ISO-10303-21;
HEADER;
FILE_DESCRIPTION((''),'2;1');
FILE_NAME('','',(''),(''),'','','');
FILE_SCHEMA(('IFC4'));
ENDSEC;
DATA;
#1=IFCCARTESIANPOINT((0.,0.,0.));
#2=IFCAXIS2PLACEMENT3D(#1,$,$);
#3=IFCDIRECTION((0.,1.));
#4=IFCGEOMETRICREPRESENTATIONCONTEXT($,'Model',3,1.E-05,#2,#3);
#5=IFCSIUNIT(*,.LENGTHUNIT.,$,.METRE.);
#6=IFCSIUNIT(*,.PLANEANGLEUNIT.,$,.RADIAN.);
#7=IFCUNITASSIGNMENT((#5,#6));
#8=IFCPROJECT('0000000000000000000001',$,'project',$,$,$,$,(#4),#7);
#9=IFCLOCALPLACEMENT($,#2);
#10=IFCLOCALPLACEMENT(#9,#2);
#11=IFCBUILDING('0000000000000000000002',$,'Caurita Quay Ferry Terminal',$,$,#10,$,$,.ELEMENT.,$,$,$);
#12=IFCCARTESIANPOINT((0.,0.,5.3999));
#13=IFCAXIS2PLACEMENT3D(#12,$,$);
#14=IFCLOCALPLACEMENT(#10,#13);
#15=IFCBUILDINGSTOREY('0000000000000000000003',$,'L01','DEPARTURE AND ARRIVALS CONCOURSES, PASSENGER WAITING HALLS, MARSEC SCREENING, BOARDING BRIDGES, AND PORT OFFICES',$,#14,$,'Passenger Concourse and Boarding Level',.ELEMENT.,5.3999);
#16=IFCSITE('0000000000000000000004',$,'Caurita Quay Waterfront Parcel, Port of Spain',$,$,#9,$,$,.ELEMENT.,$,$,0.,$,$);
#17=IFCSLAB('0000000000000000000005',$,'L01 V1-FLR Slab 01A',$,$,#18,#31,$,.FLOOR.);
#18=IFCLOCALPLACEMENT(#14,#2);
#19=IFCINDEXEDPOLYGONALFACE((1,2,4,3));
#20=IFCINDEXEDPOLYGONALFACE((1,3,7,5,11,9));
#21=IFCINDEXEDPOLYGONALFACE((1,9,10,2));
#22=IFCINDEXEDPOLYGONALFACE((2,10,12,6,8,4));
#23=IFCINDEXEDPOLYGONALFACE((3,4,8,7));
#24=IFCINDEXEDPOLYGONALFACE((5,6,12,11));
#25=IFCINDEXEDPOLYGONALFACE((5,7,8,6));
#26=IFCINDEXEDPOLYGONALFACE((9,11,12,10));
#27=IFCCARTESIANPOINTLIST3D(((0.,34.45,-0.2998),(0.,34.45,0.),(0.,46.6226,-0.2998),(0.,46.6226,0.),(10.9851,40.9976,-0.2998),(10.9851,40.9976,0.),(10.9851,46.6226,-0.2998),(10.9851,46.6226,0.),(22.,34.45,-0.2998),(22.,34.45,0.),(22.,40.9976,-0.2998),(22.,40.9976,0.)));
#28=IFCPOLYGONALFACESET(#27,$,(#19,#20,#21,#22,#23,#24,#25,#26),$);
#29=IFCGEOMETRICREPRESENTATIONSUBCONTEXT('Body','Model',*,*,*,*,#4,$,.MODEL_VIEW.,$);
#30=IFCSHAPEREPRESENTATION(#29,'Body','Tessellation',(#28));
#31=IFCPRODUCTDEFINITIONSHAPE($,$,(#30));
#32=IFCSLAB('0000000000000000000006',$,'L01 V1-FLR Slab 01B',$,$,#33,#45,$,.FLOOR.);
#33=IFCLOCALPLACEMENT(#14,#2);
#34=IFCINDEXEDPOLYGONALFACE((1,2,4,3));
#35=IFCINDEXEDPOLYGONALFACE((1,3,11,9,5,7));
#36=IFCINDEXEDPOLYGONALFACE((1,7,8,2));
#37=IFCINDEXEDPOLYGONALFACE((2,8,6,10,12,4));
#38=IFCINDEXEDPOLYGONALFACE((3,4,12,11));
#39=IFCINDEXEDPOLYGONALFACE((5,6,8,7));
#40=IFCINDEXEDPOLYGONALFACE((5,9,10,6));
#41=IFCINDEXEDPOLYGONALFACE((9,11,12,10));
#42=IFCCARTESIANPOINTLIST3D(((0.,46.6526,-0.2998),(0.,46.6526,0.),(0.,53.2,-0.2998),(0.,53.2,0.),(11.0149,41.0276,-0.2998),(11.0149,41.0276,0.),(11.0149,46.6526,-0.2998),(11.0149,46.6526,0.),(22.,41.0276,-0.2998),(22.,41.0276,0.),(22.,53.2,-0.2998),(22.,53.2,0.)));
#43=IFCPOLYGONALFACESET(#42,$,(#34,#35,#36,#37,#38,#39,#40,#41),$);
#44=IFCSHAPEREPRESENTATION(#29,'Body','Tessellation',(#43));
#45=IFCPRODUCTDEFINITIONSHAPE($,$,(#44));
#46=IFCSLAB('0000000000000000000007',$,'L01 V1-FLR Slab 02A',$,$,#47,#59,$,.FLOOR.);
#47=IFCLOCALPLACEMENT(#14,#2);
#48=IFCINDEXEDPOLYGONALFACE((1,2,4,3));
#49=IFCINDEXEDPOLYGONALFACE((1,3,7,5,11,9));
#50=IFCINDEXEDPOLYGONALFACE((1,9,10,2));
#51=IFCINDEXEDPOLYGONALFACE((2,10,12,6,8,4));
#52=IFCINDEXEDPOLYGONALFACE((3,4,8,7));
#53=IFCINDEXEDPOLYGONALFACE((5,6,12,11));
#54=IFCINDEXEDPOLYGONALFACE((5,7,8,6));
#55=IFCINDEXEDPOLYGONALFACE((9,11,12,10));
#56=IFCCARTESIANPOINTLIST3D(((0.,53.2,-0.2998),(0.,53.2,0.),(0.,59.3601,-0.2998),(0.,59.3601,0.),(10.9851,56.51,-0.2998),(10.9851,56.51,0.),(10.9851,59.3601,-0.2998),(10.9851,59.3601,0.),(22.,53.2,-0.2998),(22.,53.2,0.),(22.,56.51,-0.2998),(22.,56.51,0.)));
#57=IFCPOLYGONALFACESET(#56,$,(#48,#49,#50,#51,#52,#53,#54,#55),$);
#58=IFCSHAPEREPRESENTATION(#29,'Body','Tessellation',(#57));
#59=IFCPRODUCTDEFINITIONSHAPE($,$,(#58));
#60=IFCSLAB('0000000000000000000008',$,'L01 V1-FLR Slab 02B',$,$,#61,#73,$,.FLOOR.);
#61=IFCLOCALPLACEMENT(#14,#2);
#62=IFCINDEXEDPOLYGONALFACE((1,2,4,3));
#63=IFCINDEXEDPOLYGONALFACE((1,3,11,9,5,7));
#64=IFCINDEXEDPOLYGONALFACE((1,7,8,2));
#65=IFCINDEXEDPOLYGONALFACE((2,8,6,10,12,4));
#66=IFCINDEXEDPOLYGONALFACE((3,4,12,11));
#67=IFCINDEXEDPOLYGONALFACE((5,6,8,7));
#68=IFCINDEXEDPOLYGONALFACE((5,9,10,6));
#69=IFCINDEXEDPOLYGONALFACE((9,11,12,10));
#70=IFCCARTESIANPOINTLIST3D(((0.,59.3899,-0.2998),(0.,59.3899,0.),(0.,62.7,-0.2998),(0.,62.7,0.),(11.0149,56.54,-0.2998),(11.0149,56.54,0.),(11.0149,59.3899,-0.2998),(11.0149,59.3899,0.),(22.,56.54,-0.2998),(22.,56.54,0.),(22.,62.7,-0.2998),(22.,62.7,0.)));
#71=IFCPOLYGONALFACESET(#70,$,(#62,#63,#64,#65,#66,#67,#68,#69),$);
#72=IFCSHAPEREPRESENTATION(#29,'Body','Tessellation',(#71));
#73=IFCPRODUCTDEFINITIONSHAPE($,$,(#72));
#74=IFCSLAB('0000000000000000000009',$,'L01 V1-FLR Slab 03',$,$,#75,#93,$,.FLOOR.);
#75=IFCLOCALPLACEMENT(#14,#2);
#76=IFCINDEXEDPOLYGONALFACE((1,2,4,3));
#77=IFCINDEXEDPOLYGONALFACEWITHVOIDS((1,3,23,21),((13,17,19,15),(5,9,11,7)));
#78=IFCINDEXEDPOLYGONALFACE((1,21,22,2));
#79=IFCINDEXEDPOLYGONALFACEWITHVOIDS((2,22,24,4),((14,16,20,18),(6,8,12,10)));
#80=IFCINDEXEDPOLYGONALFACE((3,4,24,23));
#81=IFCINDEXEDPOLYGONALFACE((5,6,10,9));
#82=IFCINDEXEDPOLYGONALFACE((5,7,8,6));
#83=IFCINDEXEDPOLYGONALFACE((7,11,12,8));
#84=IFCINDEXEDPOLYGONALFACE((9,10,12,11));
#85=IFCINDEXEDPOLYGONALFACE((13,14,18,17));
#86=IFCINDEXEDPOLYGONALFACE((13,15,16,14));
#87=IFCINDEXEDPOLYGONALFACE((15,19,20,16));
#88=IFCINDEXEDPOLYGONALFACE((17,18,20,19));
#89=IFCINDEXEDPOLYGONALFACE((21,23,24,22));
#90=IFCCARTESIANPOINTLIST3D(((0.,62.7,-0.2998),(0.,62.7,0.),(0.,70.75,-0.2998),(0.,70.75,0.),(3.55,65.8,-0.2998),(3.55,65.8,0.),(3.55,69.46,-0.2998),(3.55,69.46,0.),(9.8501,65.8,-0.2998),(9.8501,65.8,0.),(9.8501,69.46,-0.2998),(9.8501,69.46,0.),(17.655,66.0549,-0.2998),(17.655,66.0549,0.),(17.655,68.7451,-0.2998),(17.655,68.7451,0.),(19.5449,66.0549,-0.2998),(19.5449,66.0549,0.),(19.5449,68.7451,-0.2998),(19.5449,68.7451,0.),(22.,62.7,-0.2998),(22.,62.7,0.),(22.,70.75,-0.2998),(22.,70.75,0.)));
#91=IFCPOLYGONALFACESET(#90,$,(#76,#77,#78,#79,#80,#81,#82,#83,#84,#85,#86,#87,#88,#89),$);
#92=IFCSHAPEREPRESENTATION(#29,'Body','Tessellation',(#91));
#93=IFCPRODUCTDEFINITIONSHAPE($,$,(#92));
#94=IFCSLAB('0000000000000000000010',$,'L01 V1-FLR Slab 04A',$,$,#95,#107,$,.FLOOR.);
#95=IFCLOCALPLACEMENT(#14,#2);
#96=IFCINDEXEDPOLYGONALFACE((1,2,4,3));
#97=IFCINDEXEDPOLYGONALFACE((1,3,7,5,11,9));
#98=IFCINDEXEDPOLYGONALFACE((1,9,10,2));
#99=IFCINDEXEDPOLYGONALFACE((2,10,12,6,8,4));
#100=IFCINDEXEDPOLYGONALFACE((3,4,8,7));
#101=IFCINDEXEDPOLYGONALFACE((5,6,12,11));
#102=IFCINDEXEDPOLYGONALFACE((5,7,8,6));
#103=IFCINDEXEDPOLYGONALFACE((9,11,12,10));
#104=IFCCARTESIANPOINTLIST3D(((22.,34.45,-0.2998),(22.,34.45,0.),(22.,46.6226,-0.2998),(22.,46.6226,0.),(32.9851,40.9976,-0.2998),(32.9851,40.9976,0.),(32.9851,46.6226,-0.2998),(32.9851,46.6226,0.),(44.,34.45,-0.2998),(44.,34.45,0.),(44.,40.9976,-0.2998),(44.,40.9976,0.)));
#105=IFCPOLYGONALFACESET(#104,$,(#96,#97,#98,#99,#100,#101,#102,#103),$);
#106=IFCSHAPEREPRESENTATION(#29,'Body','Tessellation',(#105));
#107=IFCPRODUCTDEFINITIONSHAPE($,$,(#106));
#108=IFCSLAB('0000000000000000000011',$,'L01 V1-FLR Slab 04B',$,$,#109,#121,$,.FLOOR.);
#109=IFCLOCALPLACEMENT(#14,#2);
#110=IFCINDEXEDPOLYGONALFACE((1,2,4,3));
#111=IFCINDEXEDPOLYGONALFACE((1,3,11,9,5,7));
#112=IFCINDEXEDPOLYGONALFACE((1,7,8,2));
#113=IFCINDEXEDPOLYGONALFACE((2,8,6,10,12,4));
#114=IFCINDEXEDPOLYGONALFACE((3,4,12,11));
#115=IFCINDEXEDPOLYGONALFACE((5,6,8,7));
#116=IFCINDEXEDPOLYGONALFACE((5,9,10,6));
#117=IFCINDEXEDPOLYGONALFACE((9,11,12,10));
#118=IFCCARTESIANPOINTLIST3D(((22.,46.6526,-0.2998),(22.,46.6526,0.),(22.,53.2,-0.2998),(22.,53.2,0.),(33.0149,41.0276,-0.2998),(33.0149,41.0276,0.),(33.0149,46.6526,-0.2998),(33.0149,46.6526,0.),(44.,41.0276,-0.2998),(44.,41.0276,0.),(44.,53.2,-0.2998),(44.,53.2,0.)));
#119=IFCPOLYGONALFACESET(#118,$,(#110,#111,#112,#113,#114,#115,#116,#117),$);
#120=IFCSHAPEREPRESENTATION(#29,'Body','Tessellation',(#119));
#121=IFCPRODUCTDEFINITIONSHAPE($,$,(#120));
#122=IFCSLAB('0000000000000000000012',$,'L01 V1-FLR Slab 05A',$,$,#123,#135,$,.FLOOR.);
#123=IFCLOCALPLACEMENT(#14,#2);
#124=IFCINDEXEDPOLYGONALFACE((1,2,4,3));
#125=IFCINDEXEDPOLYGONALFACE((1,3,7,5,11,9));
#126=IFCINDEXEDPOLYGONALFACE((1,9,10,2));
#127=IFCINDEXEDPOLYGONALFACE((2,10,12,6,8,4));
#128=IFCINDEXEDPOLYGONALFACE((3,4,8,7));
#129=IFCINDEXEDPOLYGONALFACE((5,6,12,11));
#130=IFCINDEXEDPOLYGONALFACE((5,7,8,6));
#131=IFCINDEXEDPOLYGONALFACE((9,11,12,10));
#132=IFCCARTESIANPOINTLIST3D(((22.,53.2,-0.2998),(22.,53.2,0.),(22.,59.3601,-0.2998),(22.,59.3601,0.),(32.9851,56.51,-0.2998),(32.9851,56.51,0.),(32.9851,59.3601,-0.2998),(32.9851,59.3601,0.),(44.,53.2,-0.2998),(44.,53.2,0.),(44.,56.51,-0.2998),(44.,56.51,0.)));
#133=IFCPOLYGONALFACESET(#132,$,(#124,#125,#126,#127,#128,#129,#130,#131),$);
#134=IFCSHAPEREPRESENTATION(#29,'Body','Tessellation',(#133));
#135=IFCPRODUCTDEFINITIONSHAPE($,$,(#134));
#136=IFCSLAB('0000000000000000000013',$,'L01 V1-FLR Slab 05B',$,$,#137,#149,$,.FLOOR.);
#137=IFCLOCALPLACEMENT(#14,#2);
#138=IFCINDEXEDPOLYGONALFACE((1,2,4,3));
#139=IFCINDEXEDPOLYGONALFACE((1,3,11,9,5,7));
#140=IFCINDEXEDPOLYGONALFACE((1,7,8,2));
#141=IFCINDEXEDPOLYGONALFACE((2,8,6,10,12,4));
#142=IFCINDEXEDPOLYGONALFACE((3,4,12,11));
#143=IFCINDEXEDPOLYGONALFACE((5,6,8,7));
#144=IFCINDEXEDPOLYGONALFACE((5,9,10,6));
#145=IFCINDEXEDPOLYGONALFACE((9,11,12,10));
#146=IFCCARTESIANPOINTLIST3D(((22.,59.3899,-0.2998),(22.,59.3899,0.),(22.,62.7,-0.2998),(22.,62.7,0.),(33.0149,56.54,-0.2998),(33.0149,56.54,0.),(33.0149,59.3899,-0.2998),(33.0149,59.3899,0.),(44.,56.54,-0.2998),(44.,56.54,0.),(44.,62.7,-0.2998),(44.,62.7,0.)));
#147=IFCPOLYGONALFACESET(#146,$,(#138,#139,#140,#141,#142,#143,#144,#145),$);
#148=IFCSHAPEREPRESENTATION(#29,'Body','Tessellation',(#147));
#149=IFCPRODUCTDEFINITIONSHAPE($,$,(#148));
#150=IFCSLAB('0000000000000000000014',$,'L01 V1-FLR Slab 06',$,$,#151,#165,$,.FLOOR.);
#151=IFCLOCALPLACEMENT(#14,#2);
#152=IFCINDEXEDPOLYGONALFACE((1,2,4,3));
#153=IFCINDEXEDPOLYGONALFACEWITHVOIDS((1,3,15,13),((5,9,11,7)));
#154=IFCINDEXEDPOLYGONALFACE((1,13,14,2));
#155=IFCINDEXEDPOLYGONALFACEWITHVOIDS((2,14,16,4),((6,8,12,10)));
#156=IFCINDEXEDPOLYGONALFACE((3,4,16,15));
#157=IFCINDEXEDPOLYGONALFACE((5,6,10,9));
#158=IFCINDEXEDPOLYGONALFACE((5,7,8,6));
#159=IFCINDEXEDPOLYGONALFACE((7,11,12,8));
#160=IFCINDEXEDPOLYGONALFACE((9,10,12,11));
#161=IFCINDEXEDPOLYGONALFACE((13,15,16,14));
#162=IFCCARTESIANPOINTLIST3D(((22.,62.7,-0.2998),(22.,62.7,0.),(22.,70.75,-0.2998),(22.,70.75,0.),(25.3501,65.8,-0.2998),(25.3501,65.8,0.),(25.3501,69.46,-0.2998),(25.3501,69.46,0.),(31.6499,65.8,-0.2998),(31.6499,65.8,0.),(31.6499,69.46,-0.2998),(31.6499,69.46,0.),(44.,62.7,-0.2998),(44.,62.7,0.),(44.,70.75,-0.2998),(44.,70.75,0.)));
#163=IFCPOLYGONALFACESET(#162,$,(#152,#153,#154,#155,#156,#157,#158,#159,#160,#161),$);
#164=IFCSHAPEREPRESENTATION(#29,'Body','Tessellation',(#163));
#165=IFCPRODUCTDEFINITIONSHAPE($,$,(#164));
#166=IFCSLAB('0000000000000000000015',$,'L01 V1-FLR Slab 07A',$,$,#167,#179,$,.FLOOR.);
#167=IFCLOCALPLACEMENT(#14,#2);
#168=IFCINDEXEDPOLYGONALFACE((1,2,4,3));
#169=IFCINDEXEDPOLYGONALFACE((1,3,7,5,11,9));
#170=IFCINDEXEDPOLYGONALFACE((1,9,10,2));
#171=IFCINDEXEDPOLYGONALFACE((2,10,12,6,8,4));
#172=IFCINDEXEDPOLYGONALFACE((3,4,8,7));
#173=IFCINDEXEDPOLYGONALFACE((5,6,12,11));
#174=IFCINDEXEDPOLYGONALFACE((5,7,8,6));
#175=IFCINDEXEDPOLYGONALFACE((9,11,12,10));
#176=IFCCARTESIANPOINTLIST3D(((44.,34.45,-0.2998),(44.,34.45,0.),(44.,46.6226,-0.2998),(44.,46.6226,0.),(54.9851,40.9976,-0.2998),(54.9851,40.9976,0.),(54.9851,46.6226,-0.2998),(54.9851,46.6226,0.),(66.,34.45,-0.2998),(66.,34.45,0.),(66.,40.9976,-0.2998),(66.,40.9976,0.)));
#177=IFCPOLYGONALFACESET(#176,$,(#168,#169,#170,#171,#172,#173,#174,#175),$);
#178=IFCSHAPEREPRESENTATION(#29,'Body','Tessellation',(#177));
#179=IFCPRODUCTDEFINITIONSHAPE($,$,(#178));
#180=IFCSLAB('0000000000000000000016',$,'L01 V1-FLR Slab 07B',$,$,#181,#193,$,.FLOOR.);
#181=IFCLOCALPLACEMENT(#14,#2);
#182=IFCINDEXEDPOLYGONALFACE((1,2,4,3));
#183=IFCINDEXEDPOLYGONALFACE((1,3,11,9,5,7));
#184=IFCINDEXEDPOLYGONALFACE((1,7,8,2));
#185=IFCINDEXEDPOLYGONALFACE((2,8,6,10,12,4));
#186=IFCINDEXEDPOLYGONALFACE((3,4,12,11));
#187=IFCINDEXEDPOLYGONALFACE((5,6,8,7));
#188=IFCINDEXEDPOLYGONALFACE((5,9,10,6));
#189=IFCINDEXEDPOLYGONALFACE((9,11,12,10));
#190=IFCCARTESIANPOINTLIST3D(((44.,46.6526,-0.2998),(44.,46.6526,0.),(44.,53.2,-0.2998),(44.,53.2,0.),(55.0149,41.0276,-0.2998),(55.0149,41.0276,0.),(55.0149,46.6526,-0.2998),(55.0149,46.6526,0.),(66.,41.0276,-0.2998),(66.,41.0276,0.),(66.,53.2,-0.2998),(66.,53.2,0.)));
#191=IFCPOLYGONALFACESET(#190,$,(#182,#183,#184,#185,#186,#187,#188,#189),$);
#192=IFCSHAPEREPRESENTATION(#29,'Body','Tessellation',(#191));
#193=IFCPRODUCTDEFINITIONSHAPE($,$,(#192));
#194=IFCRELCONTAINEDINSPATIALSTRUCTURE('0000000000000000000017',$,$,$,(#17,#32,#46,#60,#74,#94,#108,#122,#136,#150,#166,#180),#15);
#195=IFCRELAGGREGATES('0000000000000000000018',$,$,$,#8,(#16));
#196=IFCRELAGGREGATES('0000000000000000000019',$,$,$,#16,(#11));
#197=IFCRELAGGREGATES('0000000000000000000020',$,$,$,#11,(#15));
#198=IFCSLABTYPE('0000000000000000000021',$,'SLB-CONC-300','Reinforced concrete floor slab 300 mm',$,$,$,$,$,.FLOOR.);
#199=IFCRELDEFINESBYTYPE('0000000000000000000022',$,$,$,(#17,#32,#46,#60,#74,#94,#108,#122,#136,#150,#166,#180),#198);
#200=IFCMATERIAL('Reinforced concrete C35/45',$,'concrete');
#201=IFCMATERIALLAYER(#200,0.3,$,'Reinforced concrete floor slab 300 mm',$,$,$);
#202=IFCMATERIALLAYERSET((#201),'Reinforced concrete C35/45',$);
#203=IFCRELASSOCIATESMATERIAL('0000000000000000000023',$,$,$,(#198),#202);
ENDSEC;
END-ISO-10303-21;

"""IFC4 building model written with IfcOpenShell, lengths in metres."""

from ifc_helpers import new_model, si_unit, direction, frame, origin, place, context, subcontext, project, spatial, polyline, outline, extrude, material, layer, layer_set, type_object, element, save


model = new_model("IFC4")

# Units and contexts
model_context = context("Model", 3, precision=1e-05, world=origin(), true_north=direction((0.0, 1.0)))
body_context = subcontext(model_context, "Body", "Model", "MODEL_VIEW")
ifc_project = project(units=[si_unit("LENGTHUNIT", "METRE"), si_unit("PLANEANGLEUNIT", "RADIAN")], contexts=[model_context])

# Site, building, storey
site_placement = place(None, origin())
site = spatial("IfcSite", under=ifc_project, at=site_placement, Name="Caurita Quay Waterfront Parcel, Port of Spain", CompositionType="ELEMENT", RefElevation=0.0)
building_placement = place(site_placement, origin())
building = spatial("IfcBuilding", under=site, at=building_placement, Name="Caurita Quay Ferry Terminal", CompositionType="ELEMENT")
storey_placement = place(building_placement, frame((0.0, 0.0, 5.3999)))
storey = spatial("IfcBuildingStorey", under=building, at=storey_placement, Name="L01", Description="DEPARTURE AND ARRIVALS CONCOURSES, PASSENGER WAITING HALLS, MARSEC SCREENING, BOARDING BRIDGES, AND PORT OFFICES", LongName="Passenger Concourse and Boarding Level", CompositionType="ELEMENT", Elevation=5.3999)

# Slabs
ifc_material_1 = material(Name="Reinforced concrete C35/45", Category="concrete")
ifc_layer_1 = layer(ifc_material_1, 0.3, Name="Reinforced concrete floor slab 300 mm")
ifc_layer_set_1 = layer_set([ifc_layer_1], Name="Reinforced concrete C35/45")
slab_type = type_object("IfcSlabType", Name="SLB-CONC-300", Description="Reinforced concrete floor slab 300 mm", PredefinedType="FLOOR", material=ifc_layer_set_1)
slab_1_placement = place(storey_placement, frame((0.0, 0.0, -0.2998)))
element("IfcSlab", 1, at=slab_1_placement, inside=storey, type_object=slab_type, Name="L01 V1-FLR Slab 01A", PredefinedType="FLOOR", context=body_context, shape_type="SweptSolid", body=[
    extrude(outline(polyline([(0.0, 34.45), (22.0, 34.45), (22.0, 40.9976), (10.9851, 40.9976), (10.9851, 46.6226), (0.0, 46.6226), (0.0, 34.45)])), origin(), (0.0, 0.0, 1.0), 0.2998),
])
slab_2_placement = place(storey_placement, frame((0.0, 0.0, -0.2998)))
element("IfcSlab", 2, at=slab_2_placement, inside=storey, type_object=slab_type, Name="L01 V1-FLR Slab 01B", PredefinedType="FLOOR", context=body_context, shape_type="SweptSolid", body=[
    extrude(outline(polyline([(11.0149, 41.0276), (22.0, 41.0276), (22.0, 53.2), (0.0, 53.2), (0.0, 46.6526), (11.0149, 46.6526), (11.0149, 41.0276)])), origin(), (0.0, 0.0, 1.0), 0.2998),
])
slab_3_placement = place(storey_placement, frame((0.0, 0.0, -0.2998)))
element("IfcSlab", 3, at=slab_3_placement, inside=storey, type_object=slab_type, Name="L01 V1-FLR Slab 02A", PredefinedType="FLOOR", context=body_context, shape_type="SweptSolid", body=[
    extrude(outline(polyline([(0.0, 53.2), (22.0, 53.2), (22.0, 56.51), (10.9851, 56.51), (10.9851, 59.3601), (0.0, 59.3601), (0.0, 53.2)])), origin(), (0.0, 0.0, 1.0), 0.2998),
])
slab_4_placement = place(storey_placement, frame((0.0, 0.0, -0.2998)))
element("IfcSlab", 4, at=slab_4_placement, inside=storey, type_object=slab_type, Name="L01 V1-FLR Slab 02B", PredefinedType="FLOOR", context=body_context, shape_type="SweptSolid", body=[
    extrude(outline(polyline([(11.0149, 56.54), (22.0, 56.54), (22.0, 62.7), (0.0, 62.7), (0.0, 59.3899), (11.0149, 59.3899), (11.0149, 56.54)])), origin(), (0.0, 0.0, 1.0), 0.2998),
])
slab_5_placement = place(storey_placement, frame((0.0, 0.0, -0.2998)))
element("IfcSlab", 5, at=slab_5_placement, inside=storey, type_object=slab_type, Name="L01 V1-FLR Slab 03", PredefinedType="FLOOR", context=body_context, shape_type="SweptSolid", body=[
    extrude(outline(polyline([(0.0, 62.7), (22.0, 62.7), (22.0, 70.75), (0.0, 70.75), (0.0, 62.7)]), holes=[polyline([(3.55, 65.8), (9.8501, 65.8), (9.8501, 69.46), (3.55, 69.46), (3.55, 65.8)]), polyline([(17.655, 66.0549), (19.5449, 66.0549), (19.5449, 68.7451), (17.655, 68.7451), (17.655, 66.0549)])]), origin(), (0.0, 0.0, 1.0), 0.2998),
])
slab_6_placement = place(storey_placement, frame((0.0, 0.0, -0.2998)))
element("IfcSlab", 6, at=slab_6_placement, inside=storey, type_object=slab_type, Name="L01 V1-FLR Slab 04A", PredefinedType="FLOOR", context=body_context, shape_type="SweptSolid", body=[
    extrude(outline(polyline([(22.0, 34.45), (44.0, 34.45), (44.0, 40.9976), (32.9851, 40.9976), (32.9851, 46.6226), (22.0, 46.6226), (22.0, 34.45)])), origin(), (0.0, 0.0, 1.0), 0.2998),
])
slab_7_placement = place(storey_placement, frame((0.0, 0.0, -0.2998)))
element("IfcSlab", 7, at=slab_7_placement, inside=storey, type_object=slab_type, Name="L01 V1-FLR Slab 04B", PredefinedType="FLOOR", context=body_context, shape_type="SweptSolid", body=[
    extrude(outline(polyline([(33.0149, 41.0276), (44.0, 41.0276), (44.0, 53.2), (22.0, 53.2), (22.0, 46.6526), (33.0149, 46.6526), (33.0149, 41.0276)])), origin(), (0.0, 0.0, 1.0), 0.2998),
])
slab_8_placement = place(storey_placement, frame((0.0, 0.0, -0.2998)))
element("IfcSlab", 8, at=slab_8_placement, inside=storey, type_object=slab_type, Name="L01 V1-FLR Slab 05A", PredefinedType="FLOOR", context=body_context, shape_type="SweptSolid", body=[
    extrude(outline(polyline([(22.0, 53.2), (44.0, 53.2), (44.0, 56.51), (32.9851, 56.51), (32.9851, 59.3601), (22.0, 59.3601), (22.0, 53.2)])), origin(), (0.0, 0.0, 1.0), 0.2998),
])
slab_9_placement = place(storey_placement, frame((0.0, 0.0, -0.2998)))
element("IfcSlab", 9, at=slab_9_placement, inside=storey, type_object=slab_type, Name="L01 V1-FLR Slab 05B", PredefinedType="FLOOR", context=body_context, shape_type="SweptSolid", body=[
    extrude(outline(polyline([(33.0149, 56.54), (44.0, 56.54), (44.0, 62.7), (22.0, 62.7), (22.0, 59.3899), (33.0149, 59.3899), (33.0149, 56.54)])), origin(), (0.0, 0.0, 1.0), 0.2998),
])
slab_10_placement = place(storey_placement, frame((0.0, 0.0, -0.2998)))
element("IfcSlab", 10, at=slab_10_placement, inside=storey, type_object=slab_type, Name="L01 V1-FLR Slab 06", PredefinedType="FLOOR", context=body_context, shape_type="SweptSolid", body=[
    extrude(outline(polyline([(22.0, 62.7), (44.0, 62.7), (44.0, 70.75), (22.0, 70.75), (22.0, 62.7)]), holes=[polyline([(25.3501, 65.8), (31.6499, 65.8), (31.6499, 69.46), (25.3501, 69.46), (25.3501, 65.8)])]), origin(), (0.0, 0.0, 1.0), 0.2998),
])
slab_11_placement = place(storey_placement, frame((0.0, 0.0, -0.2998)))
element("IfcSlab", 11, at=slab_11_placement, inside=storey, type_object=slab_type, Name="L01 V1-FLR Slab 07A", PredefinedType="FLOOR", context=body_context, shape_type="SweptSolid", body=[
    extrude(outline(polyline([(44.0, 34.45), (66.0, 34.45), (66.0, 40.9976), (54.9851, 40.9976), (54.9851, 46.6226), (44.0, 46.6226), (44.0, 34.45)])), origin(), (0.0, 0.0, 1.0), 0.2998),
])
slab_12_placement = place(storey_placement, frame((0.0, 0.0, -0.2998)))
element("IfcSlab", 12, at=slab_12_placement, inside=storey, type_object=slab_type, Name="L01 V1-FLR Slab 07B", PredefinedType="FLOOR", context=body_context, shape_type="SweptSolid", body=[
    extrude(outline(polyline([(55.0149, 41.0276), (66.0, 41.0276), (66.0, 53.2), (44.0, 53.2), (44.0, 46.6526), (55.0149, 46.6526), (55.0149, 41.0276)])), origin(), (0.0, 0.0, 1.0), 0.2998),
])

save(model, "model.ifc")
